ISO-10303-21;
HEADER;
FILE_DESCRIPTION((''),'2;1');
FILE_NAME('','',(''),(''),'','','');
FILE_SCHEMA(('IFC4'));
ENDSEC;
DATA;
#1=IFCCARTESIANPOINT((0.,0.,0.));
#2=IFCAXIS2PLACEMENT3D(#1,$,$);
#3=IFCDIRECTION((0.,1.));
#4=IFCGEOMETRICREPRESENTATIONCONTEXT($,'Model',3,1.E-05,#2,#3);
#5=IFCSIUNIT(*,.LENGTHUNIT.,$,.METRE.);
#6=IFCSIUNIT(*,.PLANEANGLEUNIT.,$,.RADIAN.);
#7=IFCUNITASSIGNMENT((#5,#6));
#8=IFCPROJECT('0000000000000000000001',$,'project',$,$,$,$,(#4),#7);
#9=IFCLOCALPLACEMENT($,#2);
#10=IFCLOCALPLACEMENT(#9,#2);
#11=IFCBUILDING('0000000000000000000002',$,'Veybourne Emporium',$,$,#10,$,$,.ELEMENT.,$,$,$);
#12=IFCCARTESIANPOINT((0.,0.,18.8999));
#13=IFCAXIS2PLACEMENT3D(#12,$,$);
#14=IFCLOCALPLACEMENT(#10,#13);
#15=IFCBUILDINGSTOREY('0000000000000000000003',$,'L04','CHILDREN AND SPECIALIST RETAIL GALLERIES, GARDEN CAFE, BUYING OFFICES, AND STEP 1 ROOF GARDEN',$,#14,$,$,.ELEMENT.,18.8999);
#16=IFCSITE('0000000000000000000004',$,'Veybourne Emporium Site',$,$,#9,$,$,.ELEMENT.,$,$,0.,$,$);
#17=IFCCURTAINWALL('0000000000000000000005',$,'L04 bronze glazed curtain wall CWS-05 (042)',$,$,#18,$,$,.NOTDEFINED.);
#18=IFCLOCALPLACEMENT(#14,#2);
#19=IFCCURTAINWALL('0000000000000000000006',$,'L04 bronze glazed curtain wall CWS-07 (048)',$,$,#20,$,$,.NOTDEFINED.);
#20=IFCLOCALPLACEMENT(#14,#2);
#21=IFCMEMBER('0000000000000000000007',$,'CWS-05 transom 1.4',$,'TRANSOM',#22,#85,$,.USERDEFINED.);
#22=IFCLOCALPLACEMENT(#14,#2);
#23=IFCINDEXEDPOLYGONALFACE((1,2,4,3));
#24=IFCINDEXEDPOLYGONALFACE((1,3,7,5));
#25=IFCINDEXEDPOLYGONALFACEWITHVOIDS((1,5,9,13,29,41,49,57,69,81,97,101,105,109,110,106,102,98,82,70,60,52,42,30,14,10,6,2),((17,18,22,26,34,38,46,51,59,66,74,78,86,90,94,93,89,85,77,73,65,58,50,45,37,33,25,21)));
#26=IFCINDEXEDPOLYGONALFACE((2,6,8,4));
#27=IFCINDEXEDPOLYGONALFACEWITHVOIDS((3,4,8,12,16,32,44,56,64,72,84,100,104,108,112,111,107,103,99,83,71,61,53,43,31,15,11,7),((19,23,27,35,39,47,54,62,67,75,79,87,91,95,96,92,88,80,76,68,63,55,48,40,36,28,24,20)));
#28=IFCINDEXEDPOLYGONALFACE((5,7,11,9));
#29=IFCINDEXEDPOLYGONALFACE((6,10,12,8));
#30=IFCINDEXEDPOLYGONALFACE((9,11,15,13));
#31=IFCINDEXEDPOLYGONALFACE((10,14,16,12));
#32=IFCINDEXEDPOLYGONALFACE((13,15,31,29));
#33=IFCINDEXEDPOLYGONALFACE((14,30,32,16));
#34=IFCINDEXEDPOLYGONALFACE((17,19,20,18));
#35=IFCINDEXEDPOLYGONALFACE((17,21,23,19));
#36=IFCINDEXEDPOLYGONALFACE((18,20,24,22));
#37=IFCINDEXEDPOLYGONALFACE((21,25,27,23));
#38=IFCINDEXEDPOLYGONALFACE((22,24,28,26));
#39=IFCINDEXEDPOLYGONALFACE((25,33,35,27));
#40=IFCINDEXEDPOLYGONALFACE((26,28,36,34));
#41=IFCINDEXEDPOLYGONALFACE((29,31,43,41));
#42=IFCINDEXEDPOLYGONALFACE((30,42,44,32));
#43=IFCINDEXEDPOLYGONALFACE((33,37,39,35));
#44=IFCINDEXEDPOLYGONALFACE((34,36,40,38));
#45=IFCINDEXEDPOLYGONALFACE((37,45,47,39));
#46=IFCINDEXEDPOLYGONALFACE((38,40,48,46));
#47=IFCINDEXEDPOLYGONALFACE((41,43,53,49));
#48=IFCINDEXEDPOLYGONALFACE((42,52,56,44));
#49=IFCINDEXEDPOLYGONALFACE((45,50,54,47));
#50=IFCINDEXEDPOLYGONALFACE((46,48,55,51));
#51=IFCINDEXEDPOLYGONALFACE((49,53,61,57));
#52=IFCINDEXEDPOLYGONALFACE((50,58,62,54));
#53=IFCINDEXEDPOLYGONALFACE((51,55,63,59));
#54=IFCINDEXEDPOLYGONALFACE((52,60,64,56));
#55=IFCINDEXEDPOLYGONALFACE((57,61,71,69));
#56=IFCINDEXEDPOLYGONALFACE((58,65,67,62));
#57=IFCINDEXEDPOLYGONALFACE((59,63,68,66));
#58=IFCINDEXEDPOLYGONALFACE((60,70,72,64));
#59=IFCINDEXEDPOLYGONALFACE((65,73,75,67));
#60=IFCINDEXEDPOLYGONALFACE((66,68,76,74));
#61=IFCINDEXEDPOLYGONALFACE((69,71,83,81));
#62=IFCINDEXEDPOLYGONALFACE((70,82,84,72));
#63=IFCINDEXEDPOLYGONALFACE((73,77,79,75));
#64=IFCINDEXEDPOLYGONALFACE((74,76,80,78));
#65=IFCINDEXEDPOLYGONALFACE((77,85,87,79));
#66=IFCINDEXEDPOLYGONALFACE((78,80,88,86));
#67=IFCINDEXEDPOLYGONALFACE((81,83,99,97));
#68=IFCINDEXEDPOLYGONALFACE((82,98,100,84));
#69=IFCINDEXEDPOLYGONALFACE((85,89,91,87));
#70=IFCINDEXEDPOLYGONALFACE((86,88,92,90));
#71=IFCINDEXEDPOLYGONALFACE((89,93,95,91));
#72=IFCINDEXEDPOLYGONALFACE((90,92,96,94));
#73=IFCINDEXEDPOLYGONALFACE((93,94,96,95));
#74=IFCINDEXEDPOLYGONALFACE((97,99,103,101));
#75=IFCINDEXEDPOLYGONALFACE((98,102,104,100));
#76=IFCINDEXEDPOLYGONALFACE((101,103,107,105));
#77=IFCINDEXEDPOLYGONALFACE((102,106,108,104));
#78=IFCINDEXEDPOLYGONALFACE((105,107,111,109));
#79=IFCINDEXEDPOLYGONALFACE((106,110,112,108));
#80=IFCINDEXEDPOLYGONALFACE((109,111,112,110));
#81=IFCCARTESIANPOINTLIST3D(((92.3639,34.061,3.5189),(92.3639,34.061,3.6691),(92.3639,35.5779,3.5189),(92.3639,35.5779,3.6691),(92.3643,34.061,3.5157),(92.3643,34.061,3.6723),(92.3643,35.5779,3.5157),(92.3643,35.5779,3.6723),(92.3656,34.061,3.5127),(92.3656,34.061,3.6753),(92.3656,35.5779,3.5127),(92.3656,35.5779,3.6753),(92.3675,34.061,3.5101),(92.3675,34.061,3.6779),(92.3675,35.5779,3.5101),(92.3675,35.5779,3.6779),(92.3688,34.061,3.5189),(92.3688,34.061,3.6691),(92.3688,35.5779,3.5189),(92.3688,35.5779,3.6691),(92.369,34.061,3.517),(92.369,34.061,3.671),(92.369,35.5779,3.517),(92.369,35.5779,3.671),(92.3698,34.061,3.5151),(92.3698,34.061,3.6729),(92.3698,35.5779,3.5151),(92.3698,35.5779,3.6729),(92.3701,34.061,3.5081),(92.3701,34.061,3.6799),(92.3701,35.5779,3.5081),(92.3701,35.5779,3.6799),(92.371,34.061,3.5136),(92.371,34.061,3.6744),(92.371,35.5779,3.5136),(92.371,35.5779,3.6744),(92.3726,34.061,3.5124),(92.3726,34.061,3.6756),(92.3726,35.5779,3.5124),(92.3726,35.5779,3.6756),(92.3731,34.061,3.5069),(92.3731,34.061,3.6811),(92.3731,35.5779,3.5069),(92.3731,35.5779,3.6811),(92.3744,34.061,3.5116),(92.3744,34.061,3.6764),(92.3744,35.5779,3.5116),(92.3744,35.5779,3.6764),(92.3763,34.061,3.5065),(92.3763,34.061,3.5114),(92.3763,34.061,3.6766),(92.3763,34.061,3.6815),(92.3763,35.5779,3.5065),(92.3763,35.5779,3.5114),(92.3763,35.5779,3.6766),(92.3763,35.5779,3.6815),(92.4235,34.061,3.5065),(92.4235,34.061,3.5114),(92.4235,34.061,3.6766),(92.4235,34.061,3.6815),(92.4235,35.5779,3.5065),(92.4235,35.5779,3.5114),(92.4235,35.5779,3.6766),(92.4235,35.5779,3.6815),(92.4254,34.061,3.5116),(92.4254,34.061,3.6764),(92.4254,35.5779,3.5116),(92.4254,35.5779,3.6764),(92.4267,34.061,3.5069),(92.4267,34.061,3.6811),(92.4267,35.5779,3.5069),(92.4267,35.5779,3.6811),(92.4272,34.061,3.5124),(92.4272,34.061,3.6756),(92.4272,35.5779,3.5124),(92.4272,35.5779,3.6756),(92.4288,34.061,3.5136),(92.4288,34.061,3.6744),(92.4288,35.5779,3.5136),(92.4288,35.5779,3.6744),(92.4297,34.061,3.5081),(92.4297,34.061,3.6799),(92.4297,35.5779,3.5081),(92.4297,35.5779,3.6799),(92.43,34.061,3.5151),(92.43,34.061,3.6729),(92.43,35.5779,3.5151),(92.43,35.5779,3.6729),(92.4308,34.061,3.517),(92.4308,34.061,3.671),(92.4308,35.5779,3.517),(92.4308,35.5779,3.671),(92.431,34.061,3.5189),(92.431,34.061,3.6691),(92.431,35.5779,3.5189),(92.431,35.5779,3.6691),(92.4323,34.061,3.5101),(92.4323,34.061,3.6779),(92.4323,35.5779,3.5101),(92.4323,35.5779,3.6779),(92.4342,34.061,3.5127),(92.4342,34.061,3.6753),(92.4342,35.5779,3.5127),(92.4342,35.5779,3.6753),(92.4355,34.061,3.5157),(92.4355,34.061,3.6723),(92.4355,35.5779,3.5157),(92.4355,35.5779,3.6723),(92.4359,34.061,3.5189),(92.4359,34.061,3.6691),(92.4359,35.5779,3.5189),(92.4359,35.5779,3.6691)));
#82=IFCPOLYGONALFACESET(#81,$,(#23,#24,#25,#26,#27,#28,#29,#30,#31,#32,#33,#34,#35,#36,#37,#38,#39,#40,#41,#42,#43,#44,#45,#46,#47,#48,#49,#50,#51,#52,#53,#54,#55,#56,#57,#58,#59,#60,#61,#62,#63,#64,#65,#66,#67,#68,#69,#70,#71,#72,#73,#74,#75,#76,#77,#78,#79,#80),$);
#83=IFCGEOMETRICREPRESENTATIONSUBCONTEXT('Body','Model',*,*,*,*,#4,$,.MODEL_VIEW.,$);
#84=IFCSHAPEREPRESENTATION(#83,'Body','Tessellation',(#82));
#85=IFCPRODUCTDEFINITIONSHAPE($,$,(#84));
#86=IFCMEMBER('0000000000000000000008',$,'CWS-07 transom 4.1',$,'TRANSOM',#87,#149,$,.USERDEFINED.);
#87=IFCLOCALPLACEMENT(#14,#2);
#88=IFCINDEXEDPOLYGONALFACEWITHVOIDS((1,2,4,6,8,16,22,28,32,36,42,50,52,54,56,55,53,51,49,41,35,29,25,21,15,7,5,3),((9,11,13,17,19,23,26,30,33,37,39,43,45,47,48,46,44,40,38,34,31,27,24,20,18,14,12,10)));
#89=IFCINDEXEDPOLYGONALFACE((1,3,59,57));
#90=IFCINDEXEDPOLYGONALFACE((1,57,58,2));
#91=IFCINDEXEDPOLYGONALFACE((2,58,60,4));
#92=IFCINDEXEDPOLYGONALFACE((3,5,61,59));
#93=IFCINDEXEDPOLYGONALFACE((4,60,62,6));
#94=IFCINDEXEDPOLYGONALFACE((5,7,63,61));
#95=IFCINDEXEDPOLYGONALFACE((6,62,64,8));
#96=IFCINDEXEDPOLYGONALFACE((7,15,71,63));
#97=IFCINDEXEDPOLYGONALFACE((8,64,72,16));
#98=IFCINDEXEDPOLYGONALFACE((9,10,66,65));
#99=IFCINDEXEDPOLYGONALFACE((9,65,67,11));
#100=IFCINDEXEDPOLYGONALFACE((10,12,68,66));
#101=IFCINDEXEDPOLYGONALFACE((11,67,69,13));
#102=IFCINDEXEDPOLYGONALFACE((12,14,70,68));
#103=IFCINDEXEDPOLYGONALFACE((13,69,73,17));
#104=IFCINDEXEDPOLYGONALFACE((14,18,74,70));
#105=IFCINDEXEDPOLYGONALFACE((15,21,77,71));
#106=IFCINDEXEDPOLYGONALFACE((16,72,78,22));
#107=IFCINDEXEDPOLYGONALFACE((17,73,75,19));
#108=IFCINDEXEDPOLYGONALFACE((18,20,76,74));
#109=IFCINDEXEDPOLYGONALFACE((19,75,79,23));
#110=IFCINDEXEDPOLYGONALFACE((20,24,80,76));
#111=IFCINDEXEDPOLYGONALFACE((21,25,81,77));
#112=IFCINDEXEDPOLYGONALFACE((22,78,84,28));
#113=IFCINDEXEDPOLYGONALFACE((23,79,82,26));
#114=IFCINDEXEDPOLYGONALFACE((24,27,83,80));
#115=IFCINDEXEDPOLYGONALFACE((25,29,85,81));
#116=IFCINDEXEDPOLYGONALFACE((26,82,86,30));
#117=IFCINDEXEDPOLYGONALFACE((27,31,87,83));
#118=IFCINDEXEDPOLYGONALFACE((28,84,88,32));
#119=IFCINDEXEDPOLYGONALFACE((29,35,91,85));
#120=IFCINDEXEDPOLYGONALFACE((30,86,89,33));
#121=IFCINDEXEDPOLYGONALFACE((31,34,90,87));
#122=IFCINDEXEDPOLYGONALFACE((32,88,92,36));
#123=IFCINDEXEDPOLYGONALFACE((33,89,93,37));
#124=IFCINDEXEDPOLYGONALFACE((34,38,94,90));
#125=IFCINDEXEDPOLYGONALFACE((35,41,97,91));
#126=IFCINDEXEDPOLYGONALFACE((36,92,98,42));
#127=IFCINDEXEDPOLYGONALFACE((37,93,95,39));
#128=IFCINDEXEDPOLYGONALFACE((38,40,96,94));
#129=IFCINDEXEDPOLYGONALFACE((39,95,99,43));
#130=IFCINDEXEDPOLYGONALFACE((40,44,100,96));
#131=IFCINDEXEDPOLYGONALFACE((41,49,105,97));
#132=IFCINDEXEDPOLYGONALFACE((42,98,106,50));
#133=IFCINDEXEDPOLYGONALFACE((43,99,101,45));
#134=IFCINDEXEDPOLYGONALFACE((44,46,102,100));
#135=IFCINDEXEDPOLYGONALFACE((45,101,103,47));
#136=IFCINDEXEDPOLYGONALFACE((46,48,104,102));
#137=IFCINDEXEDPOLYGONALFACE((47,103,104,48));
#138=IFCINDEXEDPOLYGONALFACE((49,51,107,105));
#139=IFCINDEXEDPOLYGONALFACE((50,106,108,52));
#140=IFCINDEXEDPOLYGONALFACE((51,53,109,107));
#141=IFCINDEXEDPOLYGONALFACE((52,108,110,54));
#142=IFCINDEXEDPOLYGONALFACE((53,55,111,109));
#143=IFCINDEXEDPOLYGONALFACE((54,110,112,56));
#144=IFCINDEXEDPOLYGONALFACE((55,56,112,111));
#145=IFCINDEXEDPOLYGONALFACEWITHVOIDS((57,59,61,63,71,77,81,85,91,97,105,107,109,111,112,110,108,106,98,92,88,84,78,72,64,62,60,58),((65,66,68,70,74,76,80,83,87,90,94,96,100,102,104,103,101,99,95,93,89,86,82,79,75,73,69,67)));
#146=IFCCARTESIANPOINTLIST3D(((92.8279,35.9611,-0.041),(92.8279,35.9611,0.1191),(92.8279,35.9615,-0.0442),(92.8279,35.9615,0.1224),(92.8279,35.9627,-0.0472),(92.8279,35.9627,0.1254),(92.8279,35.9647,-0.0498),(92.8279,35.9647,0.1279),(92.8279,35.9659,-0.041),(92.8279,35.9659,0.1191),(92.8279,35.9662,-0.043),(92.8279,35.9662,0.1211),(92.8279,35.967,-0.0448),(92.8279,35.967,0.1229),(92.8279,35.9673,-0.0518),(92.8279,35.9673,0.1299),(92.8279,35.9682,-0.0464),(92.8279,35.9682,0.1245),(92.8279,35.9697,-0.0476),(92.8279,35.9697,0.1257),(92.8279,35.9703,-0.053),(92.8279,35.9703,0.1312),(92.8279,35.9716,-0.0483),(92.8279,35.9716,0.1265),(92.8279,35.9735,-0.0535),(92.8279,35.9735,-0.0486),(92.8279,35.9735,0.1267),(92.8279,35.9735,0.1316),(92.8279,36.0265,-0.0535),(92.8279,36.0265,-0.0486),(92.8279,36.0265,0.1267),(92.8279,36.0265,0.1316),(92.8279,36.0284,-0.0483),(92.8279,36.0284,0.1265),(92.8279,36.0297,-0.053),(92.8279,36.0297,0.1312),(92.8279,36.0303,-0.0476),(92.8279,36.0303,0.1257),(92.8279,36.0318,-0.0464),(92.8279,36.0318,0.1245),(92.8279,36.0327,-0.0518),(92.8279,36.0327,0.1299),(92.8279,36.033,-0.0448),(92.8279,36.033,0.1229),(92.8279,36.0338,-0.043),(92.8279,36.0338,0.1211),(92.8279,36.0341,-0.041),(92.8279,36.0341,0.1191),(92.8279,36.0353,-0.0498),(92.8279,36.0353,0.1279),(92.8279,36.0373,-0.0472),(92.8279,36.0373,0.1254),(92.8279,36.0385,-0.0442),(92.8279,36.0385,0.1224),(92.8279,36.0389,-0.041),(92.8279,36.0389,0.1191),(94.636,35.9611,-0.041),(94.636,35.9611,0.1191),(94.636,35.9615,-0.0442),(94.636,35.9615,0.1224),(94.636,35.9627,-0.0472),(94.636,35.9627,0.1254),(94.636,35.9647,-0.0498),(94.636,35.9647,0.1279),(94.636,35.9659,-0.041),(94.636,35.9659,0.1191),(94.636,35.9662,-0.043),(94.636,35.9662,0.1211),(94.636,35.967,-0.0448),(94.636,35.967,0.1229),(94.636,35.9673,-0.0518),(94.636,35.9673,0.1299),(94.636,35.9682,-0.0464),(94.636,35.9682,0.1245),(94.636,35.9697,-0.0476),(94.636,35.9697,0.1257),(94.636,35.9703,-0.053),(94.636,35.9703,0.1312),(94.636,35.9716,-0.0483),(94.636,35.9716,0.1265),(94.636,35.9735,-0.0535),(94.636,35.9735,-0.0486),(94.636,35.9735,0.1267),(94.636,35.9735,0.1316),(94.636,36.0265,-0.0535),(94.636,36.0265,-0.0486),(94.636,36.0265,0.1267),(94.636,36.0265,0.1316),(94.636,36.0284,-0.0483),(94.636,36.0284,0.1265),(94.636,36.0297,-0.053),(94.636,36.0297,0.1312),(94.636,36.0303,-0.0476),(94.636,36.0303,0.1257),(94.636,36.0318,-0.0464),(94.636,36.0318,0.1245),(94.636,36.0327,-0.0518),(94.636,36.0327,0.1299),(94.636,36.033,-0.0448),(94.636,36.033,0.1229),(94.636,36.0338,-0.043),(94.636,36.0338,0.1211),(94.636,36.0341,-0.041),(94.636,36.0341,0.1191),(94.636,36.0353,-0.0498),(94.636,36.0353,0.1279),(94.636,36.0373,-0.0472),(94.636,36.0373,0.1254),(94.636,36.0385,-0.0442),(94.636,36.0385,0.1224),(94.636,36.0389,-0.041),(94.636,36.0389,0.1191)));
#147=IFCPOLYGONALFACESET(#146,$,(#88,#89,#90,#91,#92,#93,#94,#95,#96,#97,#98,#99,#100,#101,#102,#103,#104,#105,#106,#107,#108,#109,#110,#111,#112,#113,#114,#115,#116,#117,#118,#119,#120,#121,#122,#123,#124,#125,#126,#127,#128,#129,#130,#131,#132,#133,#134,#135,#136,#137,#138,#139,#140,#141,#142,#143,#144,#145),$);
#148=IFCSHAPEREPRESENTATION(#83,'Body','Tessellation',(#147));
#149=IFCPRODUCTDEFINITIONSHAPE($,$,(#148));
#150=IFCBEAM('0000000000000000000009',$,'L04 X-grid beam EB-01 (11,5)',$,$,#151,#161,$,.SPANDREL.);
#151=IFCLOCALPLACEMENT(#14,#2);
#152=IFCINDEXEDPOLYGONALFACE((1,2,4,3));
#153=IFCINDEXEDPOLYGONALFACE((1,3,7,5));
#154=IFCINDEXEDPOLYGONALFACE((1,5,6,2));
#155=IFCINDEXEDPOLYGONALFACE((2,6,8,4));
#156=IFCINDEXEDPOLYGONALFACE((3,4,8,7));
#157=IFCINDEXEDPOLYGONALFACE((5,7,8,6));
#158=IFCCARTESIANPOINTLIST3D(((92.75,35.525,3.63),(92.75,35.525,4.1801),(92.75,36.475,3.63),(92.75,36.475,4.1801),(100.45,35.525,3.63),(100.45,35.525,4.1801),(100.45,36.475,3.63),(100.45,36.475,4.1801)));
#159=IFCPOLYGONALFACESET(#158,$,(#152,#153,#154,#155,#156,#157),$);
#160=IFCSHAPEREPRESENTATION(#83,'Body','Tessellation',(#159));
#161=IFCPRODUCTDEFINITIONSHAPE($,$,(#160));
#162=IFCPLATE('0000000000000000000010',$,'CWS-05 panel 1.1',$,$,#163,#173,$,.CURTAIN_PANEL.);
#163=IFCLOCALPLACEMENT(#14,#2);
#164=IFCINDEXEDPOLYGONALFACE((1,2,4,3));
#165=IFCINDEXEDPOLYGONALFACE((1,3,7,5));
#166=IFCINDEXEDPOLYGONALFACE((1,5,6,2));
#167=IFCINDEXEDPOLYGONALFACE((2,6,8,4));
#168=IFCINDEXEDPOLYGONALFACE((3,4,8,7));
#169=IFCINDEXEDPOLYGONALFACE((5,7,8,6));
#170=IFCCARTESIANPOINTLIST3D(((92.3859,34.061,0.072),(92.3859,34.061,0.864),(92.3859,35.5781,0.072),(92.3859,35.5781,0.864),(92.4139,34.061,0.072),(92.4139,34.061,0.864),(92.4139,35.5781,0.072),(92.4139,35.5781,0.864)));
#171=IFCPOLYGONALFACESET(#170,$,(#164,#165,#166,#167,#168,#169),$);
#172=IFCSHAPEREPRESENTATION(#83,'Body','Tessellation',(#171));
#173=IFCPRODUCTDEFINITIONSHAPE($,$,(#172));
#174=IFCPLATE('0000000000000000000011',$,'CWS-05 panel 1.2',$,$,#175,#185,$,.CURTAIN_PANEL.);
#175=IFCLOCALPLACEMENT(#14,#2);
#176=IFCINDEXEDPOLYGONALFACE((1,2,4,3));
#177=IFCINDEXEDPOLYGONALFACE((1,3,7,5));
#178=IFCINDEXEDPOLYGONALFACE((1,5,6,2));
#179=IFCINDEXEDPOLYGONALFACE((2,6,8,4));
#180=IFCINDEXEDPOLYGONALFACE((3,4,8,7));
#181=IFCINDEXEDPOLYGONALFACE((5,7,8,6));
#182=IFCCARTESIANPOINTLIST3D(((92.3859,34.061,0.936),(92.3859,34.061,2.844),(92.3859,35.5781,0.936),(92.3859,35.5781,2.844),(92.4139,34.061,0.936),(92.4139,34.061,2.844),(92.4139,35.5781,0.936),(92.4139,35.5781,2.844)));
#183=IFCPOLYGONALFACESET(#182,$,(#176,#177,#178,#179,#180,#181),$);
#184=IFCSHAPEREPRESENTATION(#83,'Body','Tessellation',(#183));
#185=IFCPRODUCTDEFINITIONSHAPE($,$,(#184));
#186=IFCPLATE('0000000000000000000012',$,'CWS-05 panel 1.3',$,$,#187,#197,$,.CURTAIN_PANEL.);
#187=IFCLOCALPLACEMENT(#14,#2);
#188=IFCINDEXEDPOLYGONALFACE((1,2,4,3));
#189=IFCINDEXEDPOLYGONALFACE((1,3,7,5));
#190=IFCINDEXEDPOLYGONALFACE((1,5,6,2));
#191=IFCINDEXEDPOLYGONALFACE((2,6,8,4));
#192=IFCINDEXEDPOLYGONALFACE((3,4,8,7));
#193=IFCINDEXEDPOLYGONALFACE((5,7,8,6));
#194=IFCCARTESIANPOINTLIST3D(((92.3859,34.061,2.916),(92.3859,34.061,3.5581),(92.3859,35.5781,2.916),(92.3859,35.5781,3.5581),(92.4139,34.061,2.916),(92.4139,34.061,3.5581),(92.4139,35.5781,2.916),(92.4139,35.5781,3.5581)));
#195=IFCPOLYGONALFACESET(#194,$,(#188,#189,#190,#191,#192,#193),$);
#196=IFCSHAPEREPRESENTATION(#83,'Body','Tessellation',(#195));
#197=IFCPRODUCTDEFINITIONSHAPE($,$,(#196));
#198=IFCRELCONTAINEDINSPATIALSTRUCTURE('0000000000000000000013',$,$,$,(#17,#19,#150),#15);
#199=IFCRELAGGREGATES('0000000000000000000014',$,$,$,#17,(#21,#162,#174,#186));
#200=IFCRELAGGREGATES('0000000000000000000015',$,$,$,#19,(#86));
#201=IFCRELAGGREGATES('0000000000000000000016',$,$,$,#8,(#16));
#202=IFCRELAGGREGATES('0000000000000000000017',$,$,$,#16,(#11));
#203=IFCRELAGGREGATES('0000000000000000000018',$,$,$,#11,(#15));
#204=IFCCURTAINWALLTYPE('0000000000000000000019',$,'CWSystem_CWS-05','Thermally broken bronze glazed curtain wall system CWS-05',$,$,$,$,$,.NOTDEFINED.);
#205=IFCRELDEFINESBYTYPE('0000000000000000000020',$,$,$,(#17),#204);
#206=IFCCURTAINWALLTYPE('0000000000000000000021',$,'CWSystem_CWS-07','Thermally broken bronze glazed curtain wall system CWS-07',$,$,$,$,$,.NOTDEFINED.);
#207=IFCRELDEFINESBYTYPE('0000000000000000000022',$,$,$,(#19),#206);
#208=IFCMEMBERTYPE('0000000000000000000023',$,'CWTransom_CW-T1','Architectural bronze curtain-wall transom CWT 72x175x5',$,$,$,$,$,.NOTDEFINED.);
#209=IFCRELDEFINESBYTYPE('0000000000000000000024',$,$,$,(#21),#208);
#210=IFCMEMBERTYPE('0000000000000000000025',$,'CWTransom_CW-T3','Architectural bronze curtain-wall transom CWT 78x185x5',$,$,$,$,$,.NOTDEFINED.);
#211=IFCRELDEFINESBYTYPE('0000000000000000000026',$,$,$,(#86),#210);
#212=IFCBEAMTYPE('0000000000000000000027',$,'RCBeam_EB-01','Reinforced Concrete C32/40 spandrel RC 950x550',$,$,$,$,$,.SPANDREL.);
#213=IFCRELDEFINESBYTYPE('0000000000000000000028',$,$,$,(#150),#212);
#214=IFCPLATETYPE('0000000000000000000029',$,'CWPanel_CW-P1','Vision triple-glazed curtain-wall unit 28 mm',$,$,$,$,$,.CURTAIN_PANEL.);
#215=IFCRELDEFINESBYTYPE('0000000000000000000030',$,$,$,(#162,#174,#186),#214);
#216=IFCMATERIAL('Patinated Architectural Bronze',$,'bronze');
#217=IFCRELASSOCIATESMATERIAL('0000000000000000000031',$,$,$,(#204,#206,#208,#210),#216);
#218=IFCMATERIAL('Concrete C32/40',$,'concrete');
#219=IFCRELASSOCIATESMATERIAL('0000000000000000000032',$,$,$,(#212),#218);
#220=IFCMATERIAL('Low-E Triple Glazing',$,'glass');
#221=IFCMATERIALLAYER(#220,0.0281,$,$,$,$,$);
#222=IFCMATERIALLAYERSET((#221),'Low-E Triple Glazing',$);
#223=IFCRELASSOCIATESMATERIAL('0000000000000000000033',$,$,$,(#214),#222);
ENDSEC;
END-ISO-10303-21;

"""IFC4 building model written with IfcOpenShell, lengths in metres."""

from ifc_helpers import new_model, si_unit, direction, frame, origin, origin_2d, place, context, subcontext, project, spatial, rectangle, hollow_rectangle, extrude, material, layer, layer_set, material_profile, profile_set, type_object, element, aggregate, save


model = new_model("IFC4")

# Units and contexts
model_context = context("Model", 3, precision=1e-05, world=origin(), true_north=direction((0.0, 1.0)))
body_context = subcontext(model_context, "Body", "Model", "MODEL_VIEW")
ifc_project = project(units=[si_unit("LENGTHUNIT", "METRE"), si_unit("PLANEANGLEUNIT", "RADIAN")], contexts=[model_context])

# Site, building, storey
site_placement = place(None, origin())
site = spatial("IfcSite", under=ifc_project, at=site_placement, Name="Veybourne Emporium Site", CompositionType="ELEMENT", RefElevation=0.0)
building_placement = place(site_placement, origin())
building = spatial("IfcBuilding", under=site, at=building_placement, Name="Veybourne Emporium", CompositionType="ELEMENT")
storey_placement = place(building_placement, frame((0.0, 0.0, 18.8999)))
storey = spatial("IfcBuildingStorey", under=building, at=storey_placement, Name="L04", Description="CHILDREN AND SPECIALIST RETAIL GALLERIES, GARDEN CAFE, BUYING OFFICES, AND STEP 1 ROOF GARDEN", CompositionType="ELEMENT", Elevation=18.8999)

# Curtain wall
ifc_material_1 = material(Name="Patinated Architectural Bronze", Category="bronze")
curtain_wall_type_1 = type_object("IfcCurtainWallType", Name="CWSystem_CWS-05", Description="Thermally broken bronze glazed curtain wall system CWS-05", PredefinedType="NOTDEFINED", material=ifc_material_1)
curtain_wall_1_placement = place(storey_placement, origin())
curtain_wall_1 = element("IfcCurtainWall", 1, at=curtain_wall_1_placement, inside=storey, type_object=curtain_wall_type_1, Name="L04 bronze glazed curtain wall CWS-05 (042)", PredefinedType="NOTDEFINED")

# Curtain wall
curtain_wall_type_2 = type_object("IfcCurtainWallType", Name="CWSystem_CWS-07", Description="Thermally broken bronze glazed curtain wall system CWS-07", PredefinedType="NOTDEFINED", material=ifc_material_1)
curtain_wall_2_placement = place(storey_placement, origin())
curtain_wall_2 = element("IfcCurtainWall", 2, at=curtain_wall_2_placement, inside=storey, type_object=curtain_wall_type_2, Name="L04 bronze glazed curtain wall CWS-07 (048)", PredefinedType="NOTDEFINED")

# Members
ifc_material_profile_1 = material_profile(ifc_material_1, hollow_rectangle(XDim=0.072, YDim=0.175, WallThickness=0.0049, InnerFilletRadius=0.0076, OuterFilletRadius=0.0125, at=origin_2d()), Name="CWT 72x175x5")
ifc_profile_set_1 = profile_set([ifc_material_profile_1], Name="Patinated Architectural Bronze")
member_type_1 = type_object("IfcMemberType", Name="CWTransom_CW-T1", Description="Architectural bronze curtain-wall transom CWT 72x175x5", PredefinedType="NOTDEFINED", material=ifc_profile_set_1)
member_1_placement = place(storey_placement, frame((92.3999, 35.5779, 3.594), z_axis=(0.0, -1.0, 0.0), x_axis=(1.0, 0.0, 0.0)))
member_1 = element("IfcMember", 3, at=member_1_placement, type_object=member_type_1, Name="CWS-05 transom 1.4", ObjectType="TRANSOM", PredefinedType="USERDEFINED", context=body_context, shape_type="SweptSolid", body=[
    extrude(hollow_rectangle(XDim=0.072, YDim=0.175, WallThickness=0.0049, InnerFilletRadius=0.0076, OuterFilletRadius=0.0125, at=origin_2d()), origin(), (0.0, 0.0, 1.0), 1.5168),
])
ifc_material_profile_2 = material_profile(ifc_material_1, hollow_rectangle(XDim=0.0779, YDim=0.1851, WallThickness=0.0049, InnerFilletRadius=0.0076, OuterFilletRadius=0.0125, at=origin_2d()), Name="CWT 78x185x5")
ifc_profile_set_2 = profile_set([ifc_material_profile_2], Name="Patinated Architectural Bronze")
member_type_2 = type_object("IfcMemberType", Name="CWTransom_CW-T3", Description="Architectural bronze curtain-wall transom CWT 78x185x5", PredefinedType="NOTDEFINED", material=ifc_profile_set_2)
member_2_placement = place(storey_placement, frame((94.636, 36.0, 0.0391), z_axis=(-1.0, 0.0, 0.0), x_axis=(0.0, -1.0, 0.0)))
member_2 = element("IfcMember", 4, at=member_2_placement, type_object=member_type_2, Name="CWS-07 transom 4.1", ObjectType="TRANSOM", PredefinedType="USERDEFINED", context=body_context, shape_type="SweptSolid", body=[
    extrude(hollow_rectangle(XDim=0.0779, YDim=0.1851, WallThickness=0.0049, InnerFilletRadius=0.0076, OuterFilletRadius=0.0125, at=origin_2d()), origin(), (0.0, 0.0, 1.0), 1.8081),
])

# Beam
ifc_material_2 = material(Name="Concrete C32/40", Category="concrete")
ifc_material_profile_3 = material_profile(ifc_material_2, rectangle(XDim=0.95, YDim=0.55, at=origin_2d()), Name="RC 950x550")
ifc_profile_set_3 = profile_set([ifc_material_profile_3], Name="Concrete C32/40")
beam_type = type_object("IfcBeamType", Name="RCBeam_EB-01", Description="Reinforced Concrete C32/40 spandrel RC 950x550", PredefinedType="SPANDREL", material=ifc_profile_set_3)
beam_placement = place(storey_placement, frame((92.75, 36.0, 3.905), z_axis=(1.0, 0.0, 0.0), x_axis=(0.0, 1.0, 0.0)))
element("IfcBeam", 5, at=beam_placement, inside=storey, type_object=beam_type, Name="L04 X-grid beam EB-01 (11,5)", PredefinedType="SPANDREL", context=body_context, shape_type="SweptSolid", body=[
    extrude(rectangle(XDim=0.95, YDim=0.55, at=origin_2d()), origin(), (0.0, 0.0, 1.0), 7.7),
])

# Plates
ifc_material_3 = material(Name="Low-E Triple Glazing", Category="glass")
ifc_layer_1 = layer(ifc_material_3, 0.0281)
ifc_layer_set_1 = layer_set([ifc_layer_1], Name="Low-E Triple Glazing")
plate_type = type_object("IfcPlateType", Name="CWPanel_CW-P1", Description="Vision triple-glazed curtain-wall unit 28 mm", PredefinedType="CURTAIN_PANEL", material=ifc_layer_set_1)
plate_1_placement = place(storey_placement, frame((92.3999, 34.8196, 0.072), z_axis=(0.0, 0.0, 1.0), x_axis=(0.0, -1.0, 0.0)))
plate_1 = element("IfcPlate", 6, at=plate_1_placement, type_object=plate_type, Name="CWS-05 panel 1.1", PredefinedType="CURTAIN_PANEL", context=body_context, shape_type="SweptSolid", body=[
    extrude(rectangle(XDim=1.5171, YDim=0.0281, at=origin_2d()), origin(), (0.0, 0.0, 1.0), 0.792),
])
plate_2_placement = place(storey_placement, frame((92.3999, 34.8196, 0.936), z_axis=(0.0, 0.0, 1.0), x_axis=(0.0, -1.0, 0.0)))
plate_2 = element("IfcPlate", 7, at=plate_2_placement, type_object=plate_type, Name="CWS-05 panel 1.2", PredefinedType="CURTAIN_PANEL", context=body_context, shape_type="SweptSolid", body=[
    extrude(rectangle(XDim=1.5171, YDim=0.0281, at=origin_2d()), origin(), (0.0, 0.0, 1.0), 1.908),
])
plate_3_placement = place(storey_placement, frame((92.3999, 34.8196, 2.916), z_axis=(0.0, 0.0, 1.0), x_axis=(0.0, -1.0, 0.0)))
plate_3 = element("IfcPlate", 8, at=plate_3_placement, type_object=plate_type, Name="CWS-05 panel 1.3", PredefinedType="CURTAIN_PANEL", context=body_context, shape_type="SweptSolid", body=[
    extrude(rectangle(XDim=1.5171, YDim=0.0281, at=origin_2d()), origin(), (0.0, 0.0, 1.0), 0.6421),
])
aggregate(curtain_wall_1, [member_1, plate_1, plate_2, plate_3])
aggregate(curtain_wall_2, [member_2])

save(model, "model.ifc")
